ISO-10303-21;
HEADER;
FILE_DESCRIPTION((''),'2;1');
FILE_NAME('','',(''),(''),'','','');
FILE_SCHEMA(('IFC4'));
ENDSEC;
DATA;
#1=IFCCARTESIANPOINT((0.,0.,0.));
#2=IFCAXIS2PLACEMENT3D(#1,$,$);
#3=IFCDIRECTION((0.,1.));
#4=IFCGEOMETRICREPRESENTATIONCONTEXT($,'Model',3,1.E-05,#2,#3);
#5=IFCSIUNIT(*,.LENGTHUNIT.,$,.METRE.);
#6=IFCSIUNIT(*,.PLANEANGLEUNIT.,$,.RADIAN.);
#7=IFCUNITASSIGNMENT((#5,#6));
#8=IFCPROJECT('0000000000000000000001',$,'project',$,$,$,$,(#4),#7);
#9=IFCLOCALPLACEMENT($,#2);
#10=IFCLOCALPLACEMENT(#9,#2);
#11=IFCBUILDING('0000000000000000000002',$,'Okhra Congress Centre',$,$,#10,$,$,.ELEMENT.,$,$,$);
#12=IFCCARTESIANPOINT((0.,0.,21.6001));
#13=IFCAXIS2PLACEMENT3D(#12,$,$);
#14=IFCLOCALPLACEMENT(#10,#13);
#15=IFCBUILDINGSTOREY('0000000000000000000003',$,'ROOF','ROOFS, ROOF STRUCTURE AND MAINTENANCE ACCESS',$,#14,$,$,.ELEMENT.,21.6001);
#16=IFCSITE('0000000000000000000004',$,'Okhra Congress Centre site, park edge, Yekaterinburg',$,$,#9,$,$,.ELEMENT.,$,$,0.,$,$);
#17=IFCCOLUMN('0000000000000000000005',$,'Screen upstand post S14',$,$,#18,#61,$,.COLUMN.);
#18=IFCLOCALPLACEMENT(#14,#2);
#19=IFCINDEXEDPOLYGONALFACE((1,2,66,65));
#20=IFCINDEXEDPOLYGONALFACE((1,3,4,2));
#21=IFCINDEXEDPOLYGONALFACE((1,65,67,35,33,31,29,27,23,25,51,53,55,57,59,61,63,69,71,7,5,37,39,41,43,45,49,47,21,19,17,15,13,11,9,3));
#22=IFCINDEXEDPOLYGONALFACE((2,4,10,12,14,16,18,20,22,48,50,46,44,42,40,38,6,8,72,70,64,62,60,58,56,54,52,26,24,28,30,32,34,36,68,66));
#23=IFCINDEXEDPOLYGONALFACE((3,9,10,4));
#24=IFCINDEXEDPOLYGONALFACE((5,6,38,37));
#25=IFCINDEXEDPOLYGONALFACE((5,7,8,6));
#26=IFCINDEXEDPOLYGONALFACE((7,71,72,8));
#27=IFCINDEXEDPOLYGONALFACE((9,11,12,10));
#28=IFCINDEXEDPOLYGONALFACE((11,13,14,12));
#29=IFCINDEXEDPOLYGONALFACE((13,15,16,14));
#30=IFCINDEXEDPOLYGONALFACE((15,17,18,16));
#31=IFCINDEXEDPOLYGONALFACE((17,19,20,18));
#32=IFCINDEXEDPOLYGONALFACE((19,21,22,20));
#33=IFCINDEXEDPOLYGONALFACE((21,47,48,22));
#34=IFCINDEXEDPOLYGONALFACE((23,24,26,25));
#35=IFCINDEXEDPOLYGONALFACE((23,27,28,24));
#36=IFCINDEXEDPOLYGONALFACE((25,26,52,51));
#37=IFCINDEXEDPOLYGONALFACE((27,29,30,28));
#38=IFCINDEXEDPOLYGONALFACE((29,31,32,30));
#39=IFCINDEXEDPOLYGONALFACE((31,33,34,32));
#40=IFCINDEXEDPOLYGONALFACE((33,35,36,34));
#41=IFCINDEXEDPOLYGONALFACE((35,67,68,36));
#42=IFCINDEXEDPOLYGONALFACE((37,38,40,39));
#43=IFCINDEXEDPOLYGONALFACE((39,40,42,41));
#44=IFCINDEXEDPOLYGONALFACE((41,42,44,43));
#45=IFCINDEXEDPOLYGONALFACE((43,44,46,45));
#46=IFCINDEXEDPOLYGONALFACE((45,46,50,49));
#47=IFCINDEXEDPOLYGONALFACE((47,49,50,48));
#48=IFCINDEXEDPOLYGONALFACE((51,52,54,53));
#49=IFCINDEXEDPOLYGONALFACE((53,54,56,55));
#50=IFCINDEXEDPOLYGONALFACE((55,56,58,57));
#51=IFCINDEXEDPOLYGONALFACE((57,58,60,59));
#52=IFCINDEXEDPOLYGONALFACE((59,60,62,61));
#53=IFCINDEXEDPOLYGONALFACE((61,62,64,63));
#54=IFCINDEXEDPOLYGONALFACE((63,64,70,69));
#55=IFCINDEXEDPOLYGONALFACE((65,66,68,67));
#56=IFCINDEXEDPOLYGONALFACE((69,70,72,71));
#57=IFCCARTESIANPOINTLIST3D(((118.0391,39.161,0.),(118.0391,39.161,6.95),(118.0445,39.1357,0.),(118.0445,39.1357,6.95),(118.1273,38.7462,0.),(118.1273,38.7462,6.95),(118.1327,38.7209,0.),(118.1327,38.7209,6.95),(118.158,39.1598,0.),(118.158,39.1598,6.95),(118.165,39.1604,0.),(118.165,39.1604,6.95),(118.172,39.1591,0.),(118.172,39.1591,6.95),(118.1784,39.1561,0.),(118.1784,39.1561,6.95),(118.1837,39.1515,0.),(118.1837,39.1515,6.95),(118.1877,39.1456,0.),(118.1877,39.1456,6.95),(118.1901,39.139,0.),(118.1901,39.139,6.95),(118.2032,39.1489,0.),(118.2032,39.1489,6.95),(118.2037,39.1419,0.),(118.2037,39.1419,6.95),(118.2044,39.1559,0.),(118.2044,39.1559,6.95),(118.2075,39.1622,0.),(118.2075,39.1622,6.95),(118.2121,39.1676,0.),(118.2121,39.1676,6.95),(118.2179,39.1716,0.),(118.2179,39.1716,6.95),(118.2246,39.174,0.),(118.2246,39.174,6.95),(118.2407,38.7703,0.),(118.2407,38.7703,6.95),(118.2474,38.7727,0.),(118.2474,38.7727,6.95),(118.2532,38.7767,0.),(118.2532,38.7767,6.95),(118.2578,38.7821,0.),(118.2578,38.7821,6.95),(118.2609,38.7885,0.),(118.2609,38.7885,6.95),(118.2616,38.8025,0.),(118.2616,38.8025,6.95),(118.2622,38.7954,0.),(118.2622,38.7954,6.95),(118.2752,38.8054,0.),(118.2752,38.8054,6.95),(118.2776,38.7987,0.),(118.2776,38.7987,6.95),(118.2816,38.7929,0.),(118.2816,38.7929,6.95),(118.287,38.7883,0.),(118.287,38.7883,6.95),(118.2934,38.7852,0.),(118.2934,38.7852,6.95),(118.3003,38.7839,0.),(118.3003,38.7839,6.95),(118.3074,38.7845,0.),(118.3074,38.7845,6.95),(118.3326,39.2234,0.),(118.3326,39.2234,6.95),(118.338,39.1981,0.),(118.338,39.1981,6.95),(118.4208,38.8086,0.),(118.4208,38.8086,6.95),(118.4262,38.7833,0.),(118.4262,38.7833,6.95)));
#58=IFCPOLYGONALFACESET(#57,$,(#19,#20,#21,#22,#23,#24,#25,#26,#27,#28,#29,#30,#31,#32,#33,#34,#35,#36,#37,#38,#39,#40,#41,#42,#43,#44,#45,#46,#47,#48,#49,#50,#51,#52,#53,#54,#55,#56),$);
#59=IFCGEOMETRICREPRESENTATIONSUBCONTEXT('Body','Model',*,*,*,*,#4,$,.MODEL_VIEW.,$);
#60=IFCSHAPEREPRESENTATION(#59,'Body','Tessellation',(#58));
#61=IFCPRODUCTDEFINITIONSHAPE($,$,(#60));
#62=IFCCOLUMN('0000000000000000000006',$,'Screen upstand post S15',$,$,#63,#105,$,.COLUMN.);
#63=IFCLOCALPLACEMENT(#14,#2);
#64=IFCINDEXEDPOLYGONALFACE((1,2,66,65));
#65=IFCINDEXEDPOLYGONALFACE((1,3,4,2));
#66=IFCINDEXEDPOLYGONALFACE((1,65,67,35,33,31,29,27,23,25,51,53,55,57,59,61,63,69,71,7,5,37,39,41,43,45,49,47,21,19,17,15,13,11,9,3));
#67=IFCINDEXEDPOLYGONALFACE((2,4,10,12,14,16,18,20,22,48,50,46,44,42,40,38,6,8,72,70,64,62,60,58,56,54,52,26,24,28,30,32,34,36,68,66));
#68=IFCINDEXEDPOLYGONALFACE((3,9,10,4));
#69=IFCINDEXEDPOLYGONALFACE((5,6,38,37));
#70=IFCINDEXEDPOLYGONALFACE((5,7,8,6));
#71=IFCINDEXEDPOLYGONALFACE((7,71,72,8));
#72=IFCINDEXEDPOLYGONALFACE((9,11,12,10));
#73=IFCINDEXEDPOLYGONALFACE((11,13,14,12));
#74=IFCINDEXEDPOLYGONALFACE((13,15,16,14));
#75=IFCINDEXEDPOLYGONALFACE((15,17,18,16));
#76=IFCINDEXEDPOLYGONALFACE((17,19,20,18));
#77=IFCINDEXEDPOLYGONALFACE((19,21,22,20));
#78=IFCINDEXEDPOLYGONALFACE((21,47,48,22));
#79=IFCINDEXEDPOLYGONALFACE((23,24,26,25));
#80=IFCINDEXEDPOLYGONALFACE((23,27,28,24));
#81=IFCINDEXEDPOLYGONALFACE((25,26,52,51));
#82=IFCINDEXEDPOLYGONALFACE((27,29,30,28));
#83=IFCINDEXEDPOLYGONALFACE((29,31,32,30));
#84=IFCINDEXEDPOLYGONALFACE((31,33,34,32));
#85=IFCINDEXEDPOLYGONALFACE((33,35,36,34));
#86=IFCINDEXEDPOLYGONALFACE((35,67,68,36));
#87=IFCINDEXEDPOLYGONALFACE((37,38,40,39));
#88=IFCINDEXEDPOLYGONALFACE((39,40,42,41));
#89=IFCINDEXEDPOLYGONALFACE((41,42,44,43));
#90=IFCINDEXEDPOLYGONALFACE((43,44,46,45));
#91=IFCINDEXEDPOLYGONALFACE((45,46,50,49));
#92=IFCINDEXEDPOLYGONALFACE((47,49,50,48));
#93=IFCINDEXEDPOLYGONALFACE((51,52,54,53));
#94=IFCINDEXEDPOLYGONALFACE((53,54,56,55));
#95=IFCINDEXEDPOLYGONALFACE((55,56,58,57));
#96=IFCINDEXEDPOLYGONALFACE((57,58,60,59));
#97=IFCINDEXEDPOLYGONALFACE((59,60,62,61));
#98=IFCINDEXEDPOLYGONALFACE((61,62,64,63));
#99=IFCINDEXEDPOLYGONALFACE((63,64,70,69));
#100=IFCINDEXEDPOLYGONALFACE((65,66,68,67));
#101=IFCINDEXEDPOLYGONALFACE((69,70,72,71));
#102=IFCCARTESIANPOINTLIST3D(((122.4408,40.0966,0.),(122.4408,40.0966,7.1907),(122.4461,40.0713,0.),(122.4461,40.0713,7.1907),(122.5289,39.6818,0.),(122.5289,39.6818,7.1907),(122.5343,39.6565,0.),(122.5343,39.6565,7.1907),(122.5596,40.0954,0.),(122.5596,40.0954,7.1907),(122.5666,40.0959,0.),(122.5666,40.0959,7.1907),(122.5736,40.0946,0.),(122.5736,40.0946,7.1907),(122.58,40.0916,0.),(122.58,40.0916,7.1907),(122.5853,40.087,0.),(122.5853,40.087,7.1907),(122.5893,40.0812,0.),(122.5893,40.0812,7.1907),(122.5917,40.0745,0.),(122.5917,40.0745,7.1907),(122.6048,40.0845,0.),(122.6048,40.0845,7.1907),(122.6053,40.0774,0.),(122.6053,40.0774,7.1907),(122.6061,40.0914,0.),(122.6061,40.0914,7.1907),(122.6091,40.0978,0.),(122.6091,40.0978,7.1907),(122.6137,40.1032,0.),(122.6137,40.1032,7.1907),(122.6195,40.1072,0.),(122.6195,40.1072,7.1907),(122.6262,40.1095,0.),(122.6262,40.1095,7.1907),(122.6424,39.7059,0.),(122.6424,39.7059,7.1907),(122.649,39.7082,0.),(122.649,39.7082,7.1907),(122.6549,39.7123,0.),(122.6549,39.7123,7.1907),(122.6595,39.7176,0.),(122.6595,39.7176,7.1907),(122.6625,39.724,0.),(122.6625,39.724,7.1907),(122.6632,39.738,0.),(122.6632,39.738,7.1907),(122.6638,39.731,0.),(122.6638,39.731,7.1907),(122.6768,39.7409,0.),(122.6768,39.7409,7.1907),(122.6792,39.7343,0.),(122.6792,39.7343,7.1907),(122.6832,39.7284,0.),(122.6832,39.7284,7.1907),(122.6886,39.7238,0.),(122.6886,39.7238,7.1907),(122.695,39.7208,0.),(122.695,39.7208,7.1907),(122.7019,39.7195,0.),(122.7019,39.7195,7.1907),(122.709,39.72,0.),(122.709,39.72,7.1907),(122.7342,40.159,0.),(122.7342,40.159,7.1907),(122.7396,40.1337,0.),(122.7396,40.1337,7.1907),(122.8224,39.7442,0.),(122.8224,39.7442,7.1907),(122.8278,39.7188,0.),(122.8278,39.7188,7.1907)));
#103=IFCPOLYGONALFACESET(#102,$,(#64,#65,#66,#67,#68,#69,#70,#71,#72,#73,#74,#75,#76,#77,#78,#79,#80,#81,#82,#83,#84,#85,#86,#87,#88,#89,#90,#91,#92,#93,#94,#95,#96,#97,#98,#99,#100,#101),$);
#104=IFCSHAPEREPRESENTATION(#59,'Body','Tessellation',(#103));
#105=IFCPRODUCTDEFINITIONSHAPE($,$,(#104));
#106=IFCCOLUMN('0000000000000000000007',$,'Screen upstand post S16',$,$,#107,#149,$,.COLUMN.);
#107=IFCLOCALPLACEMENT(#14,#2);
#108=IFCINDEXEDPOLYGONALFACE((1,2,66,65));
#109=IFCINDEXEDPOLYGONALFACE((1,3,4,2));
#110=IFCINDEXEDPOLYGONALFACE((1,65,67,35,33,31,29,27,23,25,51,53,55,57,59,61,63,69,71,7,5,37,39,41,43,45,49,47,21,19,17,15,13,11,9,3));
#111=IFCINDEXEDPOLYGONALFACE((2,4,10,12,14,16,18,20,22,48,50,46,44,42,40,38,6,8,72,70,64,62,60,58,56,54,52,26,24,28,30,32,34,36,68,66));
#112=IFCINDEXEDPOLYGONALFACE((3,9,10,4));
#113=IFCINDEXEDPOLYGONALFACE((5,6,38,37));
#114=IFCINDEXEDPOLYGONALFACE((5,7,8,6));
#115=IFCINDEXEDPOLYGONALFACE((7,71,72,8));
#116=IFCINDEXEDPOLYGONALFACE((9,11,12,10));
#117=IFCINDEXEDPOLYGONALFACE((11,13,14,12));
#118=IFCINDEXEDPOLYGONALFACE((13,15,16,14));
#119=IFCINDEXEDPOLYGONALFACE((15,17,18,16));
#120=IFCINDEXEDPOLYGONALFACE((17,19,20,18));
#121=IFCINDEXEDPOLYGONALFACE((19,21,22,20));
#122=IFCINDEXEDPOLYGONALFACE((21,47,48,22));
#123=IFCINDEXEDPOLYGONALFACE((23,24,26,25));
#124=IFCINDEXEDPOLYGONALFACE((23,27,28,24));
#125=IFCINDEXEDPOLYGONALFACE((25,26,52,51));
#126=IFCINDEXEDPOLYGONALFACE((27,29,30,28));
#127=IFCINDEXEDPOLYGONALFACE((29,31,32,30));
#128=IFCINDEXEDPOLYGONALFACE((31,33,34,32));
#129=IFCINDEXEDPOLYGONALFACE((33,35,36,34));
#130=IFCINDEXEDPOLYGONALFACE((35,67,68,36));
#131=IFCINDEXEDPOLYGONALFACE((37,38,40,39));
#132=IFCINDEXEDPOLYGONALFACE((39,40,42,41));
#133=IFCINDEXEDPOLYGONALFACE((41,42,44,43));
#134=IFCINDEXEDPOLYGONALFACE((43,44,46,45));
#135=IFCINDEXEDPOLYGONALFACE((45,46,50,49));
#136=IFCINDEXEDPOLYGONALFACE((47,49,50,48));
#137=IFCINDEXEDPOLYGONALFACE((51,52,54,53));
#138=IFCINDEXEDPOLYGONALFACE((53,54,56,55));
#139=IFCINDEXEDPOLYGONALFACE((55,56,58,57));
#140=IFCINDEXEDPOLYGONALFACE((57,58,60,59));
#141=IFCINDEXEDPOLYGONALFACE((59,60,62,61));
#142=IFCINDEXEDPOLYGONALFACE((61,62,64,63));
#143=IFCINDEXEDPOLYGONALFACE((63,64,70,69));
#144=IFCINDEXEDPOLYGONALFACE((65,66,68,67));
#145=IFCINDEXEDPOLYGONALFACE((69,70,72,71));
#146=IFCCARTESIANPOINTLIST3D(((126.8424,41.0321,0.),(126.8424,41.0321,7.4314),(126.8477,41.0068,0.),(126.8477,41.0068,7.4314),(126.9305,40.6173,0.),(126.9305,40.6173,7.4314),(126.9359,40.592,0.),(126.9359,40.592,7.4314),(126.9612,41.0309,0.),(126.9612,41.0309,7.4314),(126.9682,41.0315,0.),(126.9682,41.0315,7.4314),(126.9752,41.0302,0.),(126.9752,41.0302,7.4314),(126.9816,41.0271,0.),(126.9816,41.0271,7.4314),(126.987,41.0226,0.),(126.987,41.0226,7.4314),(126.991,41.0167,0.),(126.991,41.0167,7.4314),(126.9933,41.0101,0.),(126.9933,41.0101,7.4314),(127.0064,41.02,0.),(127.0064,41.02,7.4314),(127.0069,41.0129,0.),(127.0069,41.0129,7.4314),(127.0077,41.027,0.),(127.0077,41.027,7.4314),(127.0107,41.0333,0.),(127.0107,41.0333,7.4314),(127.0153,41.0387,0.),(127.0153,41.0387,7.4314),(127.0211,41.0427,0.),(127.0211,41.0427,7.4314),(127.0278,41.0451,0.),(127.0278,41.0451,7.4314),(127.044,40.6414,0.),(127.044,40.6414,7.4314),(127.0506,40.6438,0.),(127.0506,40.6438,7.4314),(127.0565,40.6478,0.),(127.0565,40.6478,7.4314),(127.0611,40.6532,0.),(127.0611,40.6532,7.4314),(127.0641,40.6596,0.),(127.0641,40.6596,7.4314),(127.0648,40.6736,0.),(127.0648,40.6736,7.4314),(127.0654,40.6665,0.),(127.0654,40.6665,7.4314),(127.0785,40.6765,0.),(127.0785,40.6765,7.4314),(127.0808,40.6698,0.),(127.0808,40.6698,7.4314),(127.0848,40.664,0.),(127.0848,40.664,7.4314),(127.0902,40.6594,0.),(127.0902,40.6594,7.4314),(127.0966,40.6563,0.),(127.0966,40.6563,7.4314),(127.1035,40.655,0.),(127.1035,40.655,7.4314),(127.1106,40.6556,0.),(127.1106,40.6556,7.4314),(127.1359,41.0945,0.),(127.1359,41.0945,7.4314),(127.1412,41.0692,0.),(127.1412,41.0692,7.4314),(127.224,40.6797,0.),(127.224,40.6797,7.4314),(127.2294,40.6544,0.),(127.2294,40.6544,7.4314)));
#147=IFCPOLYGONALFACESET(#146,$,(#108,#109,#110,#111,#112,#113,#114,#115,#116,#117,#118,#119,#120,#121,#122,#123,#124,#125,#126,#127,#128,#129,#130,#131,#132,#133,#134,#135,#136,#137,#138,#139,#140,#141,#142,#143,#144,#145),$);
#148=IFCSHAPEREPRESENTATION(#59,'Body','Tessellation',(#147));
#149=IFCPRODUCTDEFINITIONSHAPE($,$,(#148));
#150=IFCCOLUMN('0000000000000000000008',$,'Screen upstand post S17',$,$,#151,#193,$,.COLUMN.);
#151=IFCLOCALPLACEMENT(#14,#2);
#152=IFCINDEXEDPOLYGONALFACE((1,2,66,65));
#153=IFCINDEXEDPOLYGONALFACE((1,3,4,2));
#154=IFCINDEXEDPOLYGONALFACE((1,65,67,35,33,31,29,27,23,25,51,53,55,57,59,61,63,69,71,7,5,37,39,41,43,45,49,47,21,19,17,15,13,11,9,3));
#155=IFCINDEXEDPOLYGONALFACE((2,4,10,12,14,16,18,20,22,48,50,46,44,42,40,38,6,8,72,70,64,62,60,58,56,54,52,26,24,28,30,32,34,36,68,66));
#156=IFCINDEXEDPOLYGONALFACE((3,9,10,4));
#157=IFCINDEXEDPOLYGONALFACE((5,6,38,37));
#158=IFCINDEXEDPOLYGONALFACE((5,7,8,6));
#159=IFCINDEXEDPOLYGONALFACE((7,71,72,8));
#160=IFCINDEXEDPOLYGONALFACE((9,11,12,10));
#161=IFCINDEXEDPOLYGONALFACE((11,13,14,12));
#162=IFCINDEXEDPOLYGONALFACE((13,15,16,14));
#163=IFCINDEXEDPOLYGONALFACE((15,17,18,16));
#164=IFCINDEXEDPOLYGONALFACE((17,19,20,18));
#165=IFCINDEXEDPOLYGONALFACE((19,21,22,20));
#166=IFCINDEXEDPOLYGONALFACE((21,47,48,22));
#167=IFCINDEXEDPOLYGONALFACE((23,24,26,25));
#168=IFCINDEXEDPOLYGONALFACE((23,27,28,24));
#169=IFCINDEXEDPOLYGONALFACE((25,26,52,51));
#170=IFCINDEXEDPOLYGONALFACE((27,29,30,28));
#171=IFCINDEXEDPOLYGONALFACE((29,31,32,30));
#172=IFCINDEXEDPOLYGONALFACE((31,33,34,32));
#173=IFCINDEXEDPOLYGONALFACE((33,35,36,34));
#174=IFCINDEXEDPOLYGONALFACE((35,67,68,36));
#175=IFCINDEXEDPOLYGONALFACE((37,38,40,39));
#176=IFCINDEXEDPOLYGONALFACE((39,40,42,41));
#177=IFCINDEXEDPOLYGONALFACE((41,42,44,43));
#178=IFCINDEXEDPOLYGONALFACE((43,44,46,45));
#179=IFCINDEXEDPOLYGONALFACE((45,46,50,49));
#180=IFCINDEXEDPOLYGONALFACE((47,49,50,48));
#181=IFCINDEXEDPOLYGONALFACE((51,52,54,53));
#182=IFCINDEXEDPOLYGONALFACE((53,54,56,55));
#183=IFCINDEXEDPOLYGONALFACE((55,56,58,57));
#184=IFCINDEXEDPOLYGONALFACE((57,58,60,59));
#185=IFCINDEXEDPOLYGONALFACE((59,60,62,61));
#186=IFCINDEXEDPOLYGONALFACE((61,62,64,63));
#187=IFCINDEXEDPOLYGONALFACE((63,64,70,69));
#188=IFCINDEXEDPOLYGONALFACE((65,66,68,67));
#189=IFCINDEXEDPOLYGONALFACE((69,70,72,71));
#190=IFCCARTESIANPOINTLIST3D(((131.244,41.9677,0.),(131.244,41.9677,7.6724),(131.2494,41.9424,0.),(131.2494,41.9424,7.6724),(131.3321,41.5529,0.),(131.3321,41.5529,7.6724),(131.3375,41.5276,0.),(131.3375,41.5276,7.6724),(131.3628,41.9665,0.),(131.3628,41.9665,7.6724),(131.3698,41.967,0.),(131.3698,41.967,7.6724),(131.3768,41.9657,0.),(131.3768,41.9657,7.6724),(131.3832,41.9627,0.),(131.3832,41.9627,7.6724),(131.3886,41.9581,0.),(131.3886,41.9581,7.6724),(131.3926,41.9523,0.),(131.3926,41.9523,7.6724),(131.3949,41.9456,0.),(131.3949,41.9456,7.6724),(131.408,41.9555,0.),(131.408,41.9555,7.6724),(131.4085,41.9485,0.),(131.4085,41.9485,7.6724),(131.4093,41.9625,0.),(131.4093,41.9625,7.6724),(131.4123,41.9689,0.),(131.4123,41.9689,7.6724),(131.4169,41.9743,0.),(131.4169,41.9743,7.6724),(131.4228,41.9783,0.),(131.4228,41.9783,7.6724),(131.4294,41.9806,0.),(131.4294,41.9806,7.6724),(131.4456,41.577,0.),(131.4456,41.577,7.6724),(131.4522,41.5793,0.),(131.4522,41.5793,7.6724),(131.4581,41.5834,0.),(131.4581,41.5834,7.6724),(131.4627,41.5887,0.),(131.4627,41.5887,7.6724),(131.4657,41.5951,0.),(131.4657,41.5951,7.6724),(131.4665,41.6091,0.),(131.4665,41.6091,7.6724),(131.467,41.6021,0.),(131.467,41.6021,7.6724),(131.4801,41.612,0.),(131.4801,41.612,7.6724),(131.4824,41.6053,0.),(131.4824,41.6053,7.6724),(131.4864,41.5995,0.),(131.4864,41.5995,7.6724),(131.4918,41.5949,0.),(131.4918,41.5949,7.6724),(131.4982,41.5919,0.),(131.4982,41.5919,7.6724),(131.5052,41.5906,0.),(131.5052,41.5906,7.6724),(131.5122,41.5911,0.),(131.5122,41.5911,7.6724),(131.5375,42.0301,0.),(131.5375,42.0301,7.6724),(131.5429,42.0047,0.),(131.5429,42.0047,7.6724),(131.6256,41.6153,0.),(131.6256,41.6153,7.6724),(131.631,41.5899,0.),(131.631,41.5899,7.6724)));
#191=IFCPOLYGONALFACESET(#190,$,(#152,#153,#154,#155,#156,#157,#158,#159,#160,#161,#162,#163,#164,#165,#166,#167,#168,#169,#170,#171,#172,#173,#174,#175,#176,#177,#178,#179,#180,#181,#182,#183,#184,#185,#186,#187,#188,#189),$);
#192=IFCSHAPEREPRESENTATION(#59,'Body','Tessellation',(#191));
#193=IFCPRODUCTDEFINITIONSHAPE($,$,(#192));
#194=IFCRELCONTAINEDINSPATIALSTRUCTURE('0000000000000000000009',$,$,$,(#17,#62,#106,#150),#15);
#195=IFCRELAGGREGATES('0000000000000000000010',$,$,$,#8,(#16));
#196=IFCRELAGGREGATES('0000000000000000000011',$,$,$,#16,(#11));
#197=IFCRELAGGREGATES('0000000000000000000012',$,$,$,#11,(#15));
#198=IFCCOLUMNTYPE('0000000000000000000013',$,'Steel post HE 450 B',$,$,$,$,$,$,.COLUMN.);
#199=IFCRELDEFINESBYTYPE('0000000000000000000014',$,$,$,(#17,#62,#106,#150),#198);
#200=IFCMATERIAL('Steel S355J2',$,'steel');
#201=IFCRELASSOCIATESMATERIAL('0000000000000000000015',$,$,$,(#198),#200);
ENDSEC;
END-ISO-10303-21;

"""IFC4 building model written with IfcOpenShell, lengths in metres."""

from ifc_helpers import new_model, si_unit, direction, frame, origin, origin_2d, place, context, subcontext, project, spatial, i_section, extrude, material, material_profile, profile_set, type_object, element, save


model = new_model("IFC4")

# Units and contexts
model_context = context("Model", 3, precision=1e-05, world=origin(), true_north=direction((0.0, 1.0)))
body_context = subcontext(model_context, "Body", "Model", "MODEL_VIEW")
ifc_project = project(units=[si_unit("LENGTHUNIT", "METRE"), si_unit("PLANEANGLEUNIT", "RADIAN")], contexts=[model_context])

# Site, building, storey
site_placement = place(None, origin())
site = spatial("IfcSite", under=ifc_project, at=site_placement, Name="Okhra Congress Centre site, park edge, Yekaterinburg", CompositionType="ELEMENT", RefElevation=0.0)
building_placement = place(site_placement, origin())
building = spatial("IfcBuilding", under=site, at=building_placement, Name="Okhra Congress Centre", CompositionType="ELEMENT")
storey_placement = place(building_placement, frame((0.0, 0.0, 21.6001)))
storey = spatial("IfcBuildingStorey", under=building, at=storey_placement, Name="ROOF", Description="ROOFS, ROOF STRUCTURE AND MAINTENANCE ACCESS", CompositionType="ELEMENT", Elevation=21.6001)

# Columns
ifc_material_1 = material(Name="Steel S355J2", Category="steel")
ifc_material_profile_1 = material_profile(ifc_material_1, i_section(OverallWidth=0.3, OverallDepth=0.45, WebThickness=0.0139, FlangeThickness=0.0259, FilletRadius=0.0271, at=origin_2d()), Name="HE 450 B")
ifc_profile_set_1 = profile_set([ifc_material_profile_1], Name="Steel S355J2")
column_type = type_object("IfcColumnType", Name="Steel post HE 450 B", PredefinedType="COLUMN", material=ifc_profile_set_1)
column_1_placement = place(storey_placement, frame((118.2327, 38.9722, 0.0), z_axis=(0.0, 0.0, 1.0), x_axis=(0.978148, 0.207912, 0.0)))
element("IfcColumn", 1, at=column_1_placement, inside=storey, type_object=column_type, Name="Screen upstand post S14", PredefinedType="COLUMN", context=body_context, shape_type="SweptSolid", body=[
    extrude(i_section(OverallWidth=0.3, OverallDepth=0.45, WebThickness=0.0139, FlangeThickness=0.0259, FilletRadius=0.0271, at=origin_2d()), origin(), (0.0, 0.0, 1.0), 6.95),
])
column_2_placement = place(storey_placement, frame((122.6343, 39.9077, 0.0), z_axis=(0.0, 0.0, 1.0), x_axis=(0.978148, 0.207912, 0.0)))
element("IfcColumn", 2, at=column_2_placement, inside=storey, type_object=column_type, Name="Screen upstand post S15", PredefinedType="COLUMN", context=body_context, shape_type="SweptSolid", body=[
    extrude(i_section(OverallWidth=0.3, OverallDepth=0.45, WebThickness=0.0139, FlangeThickness=0.0259, FilletRadius=0.0271, at=origin_2d()), origin(), (0.0, 0.0, 1.0), 7.1907),
])
column_3_placement = place(storey_placement, frame((127.0359, 40.8433, 0.0), z_axis=(0.0, 0.0, 1.0), x_axis=(0.978148, 0.207912, 0.0)))
element("IfcColumn", 3, at=column_3_placement, inside=storey, type_object=column_type, Name="Screen upstand post S16", PredefinedType="COLUMN", context=body_context, shape_type="SweptSolid", body=[
    extrude(i_section(OverallWidth=0.3, OverallDepth=0.45, WebThickness=0.0139, FlangeThickness=0.0259, FilletRadius=0.0271, at=origin_2d()), origin(), (0.0, 0.0, 1.0), 7.4314),
])
column_4_placement = place(storey_placement, frame((131.4375, 41.7788, 0.0), z_axis=(0.0, 0.0, 1.0), x_axis=(0.978148, 0.207912, 0.0)))
element("IfcColumn", 4, at=column_4_placement, inside=storey, type_object=column_type, Name="Screen upstand post S17", PredefinedType="COLUMN", context=body_context, shape_type="SweptSolid", body=[
    extrude(i_section(OverallWidth=0.3, OverallDepth=0.45, WebThickness=0.0139, FlangeThickness=0.0259, FilletRadius=0.0271, at=origin_2d()), origin(), (0.0, 0.0, 1.0), 7.6724),
])

save(model, "model.ifc")
